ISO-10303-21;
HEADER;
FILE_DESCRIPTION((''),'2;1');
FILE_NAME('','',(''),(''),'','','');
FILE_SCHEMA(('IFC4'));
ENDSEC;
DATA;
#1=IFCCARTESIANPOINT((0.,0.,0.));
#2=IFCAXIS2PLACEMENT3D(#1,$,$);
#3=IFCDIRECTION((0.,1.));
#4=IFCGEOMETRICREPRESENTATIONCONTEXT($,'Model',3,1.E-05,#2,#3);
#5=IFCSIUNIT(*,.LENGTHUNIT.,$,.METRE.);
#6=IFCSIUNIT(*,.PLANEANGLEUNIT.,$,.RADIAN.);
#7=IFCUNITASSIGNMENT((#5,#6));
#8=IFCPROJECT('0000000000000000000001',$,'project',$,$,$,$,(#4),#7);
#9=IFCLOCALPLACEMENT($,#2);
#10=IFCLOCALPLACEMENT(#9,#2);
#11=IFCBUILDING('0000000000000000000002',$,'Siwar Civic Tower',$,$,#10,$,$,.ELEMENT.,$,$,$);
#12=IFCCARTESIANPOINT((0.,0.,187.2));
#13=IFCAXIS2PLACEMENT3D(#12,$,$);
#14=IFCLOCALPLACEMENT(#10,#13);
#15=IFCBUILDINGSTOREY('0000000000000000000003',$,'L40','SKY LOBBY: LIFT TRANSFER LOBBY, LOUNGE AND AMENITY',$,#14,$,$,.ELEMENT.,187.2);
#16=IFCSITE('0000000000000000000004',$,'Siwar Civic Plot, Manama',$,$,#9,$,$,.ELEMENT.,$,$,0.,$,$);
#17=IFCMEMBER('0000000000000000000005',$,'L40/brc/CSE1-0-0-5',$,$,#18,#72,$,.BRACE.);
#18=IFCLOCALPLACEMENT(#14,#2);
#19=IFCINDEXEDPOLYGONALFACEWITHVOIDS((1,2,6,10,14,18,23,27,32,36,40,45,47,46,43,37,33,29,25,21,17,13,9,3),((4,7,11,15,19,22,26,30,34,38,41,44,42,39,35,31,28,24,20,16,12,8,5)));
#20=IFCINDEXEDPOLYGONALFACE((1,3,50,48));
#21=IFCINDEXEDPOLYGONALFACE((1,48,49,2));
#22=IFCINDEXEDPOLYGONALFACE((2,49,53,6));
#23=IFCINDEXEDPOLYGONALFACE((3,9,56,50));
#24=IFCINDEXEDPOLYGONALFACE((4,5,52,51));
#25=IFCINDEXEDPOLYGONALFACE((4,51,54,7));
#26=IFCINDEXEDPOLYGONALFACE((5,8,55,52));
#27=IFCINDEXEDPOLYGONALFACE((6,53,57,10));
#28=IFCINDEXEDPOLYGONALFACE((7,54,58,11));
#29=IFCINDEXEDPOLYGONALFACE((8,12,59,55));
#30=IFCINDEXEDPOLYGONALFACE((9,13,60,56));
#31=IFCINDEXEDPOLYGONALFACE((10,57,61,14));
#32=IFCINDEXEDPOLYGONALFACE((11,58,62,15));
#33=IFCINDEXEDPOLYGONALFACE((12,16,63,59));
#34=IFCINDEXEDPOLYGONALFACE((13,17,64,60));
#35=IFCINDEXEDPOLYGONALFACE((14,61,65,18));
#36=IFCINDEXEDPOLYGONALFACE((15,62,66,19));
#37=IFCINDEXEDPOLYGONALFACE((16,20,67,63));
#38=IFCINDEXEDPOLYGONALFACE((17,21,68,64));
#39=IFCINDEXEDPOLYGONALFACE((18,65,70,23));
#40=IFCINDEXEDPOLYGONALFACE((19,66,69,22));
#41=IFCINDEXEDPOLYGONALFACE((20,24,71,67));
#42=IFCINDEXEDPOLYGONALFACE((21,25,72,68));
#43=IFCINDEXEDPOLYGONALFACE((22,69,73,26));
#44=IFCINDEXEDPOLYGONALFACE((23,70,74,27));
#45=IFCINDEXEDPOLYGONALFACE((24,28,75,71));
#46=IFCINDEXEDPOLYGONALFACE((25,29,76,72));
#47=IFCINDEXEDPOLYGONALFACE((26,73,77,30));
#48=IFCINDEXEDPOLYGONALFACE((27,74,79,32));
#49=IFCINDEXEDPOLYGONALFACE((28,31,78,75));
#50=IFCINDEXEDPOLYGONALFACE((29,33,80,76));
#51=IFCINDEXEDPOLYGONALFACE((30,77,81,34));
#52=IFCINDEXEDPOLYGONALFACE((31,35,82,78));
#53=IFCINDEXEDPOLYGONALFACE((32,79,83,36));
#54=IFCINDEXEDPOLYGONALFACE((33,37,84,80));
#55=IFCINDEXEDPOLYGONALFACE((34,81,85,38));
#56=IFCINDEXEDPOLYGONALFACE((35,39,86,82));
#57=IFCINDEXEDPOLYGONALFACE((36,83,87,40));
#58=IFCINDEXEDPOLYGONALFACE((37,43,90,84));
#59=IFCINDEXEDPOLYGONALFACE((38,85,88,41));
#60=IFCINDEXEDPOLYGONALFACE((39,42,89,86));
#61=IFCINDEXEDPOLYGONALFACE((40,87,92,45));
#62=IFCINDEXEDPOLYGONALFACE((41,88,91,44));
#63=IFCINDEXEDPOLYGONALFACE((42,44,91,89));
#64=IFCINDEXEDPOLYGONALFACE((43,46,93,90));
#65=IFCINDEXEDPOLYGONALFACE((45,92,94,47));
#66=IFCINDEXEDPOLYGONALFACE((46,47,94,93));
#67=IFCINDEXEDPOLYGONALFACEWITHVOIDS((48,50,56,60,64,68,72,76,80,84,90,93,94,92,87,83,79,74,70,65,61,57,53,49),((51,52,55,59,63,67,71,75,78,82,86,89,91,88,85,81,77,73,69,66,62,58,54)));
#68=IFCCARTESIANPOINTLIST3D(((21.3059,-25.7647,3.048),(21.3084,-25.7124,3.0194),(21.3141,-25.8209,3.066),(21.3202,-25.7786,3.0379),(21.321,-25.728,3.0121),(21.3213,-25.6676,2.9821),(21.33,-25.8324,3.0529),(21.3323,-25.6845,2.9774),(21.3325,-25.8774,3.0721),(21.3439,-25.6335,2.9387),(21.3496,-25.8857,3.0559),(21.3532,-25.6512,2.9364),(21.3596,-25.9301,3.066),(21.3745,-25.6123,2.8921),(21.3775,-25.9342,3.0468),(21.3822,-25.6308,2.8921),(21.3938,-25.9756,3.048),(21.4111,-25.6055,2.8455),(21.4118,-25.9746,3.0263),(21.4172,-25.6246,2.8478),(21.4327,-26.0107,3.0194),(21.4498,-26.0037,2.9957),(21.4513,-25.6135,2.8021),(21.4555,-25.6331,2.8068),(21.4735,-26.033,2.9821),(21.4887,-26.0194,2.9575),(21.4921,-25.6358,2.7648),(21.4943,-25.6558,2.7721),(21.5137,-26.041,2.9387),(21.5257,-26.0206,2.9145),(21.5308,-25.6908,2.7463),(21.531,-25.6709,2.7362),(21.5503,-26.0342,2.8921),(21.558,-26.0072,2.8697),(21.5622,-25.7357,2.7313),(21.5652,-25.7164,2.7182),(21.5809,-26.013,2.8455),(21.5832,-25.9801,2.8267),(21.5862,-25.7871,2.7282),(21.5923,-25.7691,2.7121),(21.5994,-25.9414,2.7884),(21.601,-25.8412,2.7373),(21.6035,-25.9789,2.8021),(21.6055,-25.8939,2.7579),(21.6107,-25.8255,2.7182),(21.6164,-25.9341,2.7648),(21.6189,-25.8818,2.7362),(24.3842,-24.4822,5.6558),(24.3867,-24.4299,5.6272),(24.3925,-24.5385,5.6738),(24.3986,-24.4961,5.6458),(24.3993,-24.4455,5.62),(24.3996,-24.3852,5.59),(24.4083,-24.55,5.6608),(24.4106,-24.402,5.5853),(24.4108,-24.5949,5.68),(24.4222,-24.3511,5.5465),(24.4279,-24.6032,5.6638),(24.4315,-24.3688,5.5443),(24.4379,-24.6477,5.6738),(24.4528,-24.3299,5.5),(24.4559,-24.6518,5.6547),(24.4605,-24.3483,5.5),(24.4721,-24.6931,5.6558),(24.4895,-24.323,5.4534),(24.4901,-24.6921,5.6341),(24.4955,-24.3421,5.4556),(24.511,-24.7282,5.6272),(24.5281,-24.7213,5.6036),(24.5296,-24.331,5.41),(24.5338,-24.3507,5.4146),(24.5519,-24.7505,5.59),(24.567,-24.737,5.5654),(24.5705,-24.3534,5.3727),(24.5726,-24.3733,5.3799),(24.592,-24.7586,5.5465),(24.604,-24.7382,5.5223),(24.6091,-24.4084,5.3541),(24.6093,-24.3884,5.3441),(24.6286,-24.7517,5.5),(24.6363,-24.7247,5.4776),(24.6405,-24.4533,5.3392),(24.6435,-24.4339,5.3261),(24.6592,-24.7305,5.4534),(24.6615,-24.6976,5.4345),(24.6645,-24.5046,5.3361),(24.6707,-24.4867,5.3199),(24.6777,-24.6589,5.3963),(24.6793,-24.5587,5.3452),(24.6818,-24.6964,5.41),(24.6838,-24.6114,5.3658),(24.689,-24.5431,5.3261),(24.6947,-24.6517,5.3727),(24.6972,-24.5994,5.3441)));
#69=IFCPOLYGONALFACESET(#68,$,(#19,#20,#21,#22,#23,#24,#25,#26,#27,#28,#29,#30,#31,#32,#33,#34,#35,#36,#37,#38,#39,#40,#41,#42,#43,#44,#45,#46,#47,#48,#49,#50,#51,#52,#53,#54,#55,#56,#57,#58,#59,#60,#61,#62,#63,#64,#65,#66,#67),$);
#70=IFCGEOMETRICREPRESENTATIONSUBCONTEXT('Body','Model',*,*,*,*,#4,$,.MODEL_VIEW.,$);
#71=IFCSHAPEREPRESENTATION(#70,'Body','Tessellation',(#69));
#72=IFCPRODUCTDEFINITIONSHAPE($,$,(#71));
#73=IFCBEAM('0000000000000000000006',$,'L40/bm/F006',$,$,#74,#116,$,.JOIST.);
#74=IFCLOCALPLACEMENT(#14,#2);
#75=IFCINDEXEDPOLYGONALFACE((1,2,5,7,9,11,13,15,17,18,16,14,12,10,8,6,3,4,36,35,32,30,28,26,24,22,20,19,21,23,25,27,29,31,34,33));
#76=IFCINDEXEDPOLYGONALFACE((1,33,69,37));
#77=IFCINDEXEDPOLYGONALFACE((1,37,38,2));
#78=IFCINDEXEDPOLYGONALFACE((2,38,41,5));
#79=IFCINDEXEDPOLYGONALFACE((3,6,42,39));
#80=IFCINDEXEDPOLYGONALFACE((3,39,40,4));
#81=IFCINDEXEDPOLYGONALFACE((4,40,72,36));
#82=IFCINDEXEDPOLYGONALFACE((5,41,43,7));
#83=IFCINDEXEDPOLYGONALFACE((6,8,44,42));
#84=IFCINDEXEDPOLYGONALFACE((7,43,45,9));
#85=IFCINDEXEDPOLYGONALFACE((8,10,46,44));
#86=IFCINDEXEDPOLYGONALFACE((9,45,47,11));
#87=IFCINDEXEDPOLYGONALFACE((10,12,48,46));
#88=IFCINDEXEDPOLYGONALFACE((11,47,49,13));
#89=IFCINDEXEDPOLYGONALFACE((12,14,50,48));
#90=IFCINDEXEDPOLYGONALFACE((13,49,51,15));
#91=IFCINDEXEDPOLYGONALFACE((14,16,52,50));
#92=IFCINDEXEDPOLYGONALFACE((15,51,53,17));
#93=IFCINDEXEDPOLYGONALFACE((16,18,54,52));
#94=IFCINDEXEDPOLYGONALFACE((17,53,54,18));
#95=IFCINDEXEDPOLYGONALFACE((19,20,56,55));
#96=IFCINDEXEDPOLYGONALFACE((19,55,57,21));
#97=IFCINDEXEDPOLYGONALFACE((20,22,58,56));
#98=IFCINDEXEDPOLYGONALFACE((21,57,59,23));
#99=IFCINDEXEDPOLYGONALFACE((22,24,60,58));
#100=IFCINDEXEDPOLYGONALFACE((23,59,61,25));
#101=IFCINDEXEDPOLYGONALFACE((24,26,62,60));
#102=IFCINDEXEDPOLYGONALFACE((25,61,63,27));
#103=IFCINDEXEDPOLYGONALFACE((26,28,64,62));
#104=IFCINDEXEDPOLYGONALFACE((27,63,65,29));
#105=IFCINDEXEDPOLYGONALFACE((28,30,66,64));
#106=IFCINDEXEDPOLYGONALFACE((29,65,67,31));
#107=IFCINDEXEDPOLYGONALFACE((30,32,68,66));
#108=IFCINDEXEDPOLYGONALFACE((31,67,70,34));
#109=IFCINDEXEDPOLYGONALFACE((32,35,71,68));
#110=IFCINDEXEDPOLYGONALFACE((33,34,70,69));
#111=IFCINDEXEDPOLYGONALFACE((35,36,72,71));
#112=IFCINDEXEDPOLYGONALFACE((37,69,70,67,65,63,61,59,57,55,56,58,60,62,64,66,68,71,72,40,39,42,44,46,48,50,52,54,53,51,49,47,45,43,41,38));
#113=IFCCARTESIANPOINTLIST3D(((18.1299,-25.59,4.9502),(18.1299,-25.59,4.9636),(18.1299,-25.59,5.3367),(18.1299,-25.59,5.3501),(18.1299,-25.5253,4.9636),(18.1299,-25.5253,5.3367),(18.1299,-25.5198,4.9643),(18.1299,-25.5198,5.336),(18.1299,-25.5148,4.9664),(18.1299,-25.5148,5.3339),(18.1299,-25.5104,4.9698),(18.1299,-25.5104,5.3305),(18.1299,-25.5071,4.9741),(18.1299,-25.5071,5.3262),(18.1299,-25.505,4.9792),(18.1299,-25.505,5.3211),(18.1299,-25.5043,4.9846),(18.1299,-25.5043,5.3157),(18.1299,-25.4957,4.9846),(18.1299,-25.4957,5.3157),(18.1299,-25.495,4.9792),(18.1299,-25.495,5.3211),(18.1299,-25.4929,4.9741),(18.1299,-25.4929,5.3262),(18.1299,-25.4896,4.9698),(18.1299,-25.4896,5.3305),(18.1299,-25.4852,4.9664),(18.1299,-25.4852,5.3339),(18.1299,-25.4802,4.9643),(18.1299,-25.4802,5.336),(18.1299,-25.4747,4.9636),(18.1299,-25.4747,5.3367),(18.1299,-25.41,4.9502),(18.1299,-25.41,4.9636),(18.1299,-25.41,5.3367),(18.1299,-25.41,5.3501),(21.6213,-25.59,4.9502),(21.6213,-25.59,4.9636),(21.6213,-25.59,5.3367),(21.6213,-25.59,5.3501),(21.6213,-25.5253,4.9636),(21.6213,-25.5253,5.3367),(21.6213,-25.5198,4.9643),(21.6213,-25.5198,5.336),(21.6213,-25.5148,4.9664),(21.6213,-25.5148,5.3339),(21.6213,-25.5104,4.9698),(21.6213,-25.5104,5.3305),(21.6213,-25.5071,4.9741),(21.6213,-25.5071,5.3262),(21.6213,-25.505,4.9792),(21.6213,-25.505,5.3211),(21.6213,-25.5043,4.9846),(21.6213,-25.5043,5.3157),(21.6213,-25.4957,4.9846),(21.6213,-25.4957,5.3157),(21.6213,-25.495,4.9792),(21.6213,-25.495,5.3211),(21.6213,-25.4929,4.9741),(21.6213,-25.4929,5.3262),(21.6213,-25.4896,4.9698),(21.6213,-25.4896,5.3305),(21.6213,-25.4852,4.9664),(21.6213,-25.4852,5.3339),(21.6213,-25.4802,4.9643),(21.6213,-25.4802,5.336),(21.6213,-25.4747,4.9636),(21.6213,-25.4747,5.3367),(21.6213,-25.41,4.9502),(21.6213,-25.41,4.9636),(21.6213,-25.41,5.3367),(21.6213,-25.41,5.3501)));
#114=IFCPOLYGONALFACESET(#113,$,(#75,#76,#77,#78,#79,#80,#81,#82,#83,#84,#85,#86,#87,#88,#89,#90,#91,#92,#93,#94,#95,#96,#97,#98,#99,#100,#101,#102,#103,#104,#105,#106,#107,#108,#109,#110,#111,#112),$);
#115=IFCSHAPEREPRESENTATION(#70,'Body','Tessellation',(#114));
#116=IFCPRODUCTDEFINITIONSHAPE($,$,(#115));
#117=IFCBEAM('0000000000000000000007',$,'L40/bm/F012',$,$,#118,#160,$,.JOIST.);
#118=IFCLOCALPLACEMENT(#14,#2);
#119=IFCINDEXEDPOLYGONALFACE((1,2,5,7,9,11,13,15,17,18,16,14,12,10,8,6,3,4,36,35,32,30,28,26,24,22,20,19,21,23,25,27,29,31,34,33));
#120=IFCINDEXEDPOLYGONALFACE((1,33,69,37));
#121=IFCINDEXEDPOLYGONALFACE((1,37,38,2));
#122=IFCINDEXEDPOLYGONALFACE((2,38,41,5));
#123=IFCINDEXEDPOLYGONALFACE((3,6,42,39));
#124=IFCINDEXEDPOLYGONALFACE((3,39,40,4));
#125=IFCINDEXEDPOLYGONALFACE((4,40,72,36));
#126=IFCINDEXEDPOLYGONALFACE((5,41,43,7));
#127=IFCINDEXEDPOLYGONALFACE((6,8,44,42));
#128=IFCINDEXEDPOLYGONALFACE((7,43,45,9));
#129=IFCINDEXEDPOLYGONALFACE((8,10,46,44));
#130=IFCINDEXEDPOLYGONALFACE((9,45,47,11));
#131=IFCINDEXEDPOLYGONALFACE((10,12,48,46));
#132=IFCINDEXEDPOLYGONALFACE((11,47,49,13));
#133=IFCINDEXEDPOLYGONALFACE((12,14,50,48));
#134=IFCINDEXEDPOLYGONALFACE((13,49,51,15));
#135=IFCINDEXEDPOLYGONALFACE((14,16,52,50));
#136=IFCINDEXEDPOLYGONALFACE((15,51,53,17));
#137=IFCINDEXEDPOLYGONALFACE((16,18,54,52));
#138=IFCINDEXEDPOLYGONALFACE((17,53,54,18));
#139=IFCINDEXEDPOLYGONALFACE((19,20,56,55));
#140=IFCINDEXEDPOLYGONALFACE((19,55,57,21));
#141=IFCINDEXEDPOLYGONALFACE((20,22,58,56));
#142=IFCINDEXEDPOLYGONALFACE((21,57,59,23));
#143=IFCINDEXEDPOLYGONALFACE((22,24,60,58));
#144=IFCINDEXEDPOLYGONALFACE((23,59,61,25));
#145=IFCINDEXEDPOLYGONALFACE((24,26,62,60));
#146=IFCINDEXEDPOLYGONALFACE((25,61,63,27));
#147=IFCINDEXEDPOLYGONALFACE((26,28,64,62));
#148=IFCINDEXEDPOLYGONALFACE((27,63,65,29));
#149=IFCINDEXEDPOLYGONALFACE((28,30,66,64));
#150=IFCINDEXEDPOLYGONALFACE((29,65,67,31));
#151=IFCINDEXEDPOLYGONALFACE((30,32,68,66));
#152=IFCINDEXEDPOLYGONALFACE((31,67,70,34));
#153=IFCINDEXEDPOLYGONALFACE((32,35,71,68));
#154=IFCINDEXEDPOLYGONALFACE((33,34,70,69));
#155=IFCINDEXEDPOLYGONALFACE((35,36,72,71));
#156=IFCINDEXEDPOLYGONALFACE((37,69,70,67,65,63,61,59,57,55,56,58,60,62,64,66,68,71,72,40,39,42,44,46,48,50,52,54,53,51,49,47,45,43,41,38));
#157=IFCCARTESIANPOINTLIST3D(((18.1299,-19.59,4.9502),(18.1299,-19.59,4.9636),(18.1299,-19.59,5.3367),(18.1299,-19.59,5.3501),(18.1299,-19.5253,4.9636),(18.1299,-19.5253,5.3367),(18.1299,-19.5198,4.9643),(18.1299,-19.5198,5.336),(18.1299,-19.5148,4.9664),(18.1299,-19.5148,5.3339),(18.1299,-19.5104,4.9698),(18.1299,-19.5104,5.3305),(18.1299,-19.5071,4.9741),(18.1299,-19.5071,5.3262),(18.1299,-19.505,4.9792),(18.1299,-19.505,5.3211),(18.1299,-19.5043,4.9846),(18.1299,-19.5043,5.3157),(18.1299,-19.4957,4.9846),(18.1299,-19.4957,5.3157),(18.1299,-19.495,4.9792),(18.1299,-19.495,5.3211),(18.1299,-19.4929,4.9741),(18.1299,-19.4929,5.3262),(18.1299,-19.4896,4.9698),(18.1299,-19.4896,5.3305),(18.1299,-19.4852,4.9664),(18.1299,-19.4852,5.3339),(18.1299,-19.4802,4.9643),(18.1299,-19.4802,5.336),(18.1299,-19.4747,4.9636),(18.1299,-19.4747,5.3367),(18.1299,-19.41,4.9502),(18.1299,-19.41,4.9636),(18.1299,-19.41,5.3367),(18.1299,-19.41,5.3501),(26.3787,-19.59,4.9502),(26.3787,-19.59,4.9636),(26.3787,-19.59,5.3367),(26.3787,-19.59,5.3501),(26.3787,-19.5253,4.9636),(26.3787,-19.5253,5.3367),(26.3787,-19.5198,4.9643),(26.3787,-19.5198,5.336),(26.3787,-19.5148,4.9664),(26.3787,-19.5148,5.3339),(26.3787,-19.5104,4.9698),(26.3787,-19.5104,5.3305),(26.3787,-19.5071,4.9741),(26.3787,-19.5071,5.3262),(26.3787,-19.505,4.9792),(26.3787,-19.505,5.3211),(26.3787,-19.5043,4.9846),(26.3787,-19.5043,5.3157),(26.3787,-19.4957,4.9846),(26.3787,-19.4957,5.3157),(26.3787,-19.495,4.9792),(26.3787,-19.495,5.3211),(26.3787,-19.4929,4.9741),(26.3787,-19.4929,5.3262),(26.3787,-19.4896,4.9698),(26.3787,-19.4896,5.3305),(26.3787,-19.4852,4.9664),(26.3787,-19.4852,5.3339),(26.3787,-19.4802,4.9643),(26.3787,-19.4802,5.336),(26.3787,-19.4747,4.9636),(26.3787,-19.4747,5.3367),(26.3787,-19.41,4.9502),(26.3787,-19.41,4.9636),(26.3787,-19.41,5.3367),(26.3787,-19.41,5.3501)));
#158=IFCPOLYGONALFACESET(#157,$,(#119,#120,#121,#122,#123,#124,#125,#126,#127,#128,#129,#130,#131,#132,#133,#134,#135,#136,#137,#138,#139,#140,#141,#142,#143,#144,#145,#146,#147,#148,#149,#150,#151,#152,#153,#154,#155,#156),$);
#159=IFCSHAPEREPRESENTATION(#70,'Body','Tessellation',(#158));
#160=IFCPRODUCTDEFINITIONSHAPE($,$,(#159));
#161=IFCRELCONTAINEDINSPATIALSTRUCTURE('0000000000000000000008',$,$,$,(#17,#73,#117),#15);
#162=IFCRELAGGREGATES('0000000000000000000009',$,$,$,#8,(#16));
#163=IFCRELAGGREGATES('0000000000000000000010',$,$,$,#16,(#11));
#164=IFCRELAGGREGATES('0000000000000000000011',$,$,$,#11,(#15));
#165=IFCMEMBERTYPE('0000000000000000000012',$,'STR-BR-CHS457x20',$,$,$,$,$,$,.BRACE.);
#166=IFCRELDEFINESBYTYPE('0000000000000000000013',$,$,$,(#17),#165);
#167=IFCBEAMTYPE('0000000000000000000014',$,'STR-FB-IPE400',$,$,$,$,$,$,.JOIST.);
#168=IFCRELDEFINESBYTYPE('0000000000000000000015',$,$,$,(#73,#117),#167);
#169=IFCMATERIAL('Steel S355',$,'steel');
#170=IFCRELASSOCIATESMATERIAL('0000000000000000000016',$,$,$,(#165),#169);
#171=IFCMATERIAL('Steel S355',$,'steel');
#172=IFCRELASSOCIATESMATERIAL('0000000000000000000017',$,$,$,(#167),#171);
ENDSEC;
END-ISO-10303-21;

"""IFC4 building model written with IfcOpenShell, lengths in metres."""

from ifc_helpers import new_model, si_unit, direction, frame, origin, origin_2d, place, context, subcontext, project, spatial, hollow_circle, i_section, extrude, material, material_profile, profile_set, type_object, element, save


model = new_model("IFC4")

# Units and contexts
model_context = context("Model", 3, precision=1e-05, world=origin(), true_north=direction((0.0, 1.0)))
body_context = subcontext(model_context, "Body", "Model", "MODEL_VIEW")
ifc_project = project(units=[si_unit("LENGTHUNIT", "METRE"), si_unit("PLANEANGLEUNIT", "RADIAN")], contexts=[model_context])

# Site, building, storey
site_placement = place(None, origin())
site = spatial("IfcSite", under=ifc_project, at=site_placement, Name="Siwar Civic Plot, Manama", CompositionType="ELEMENT", RefElevation=0.0)
building_placement = place(site_placement, origin())
building = spatial("IfcBuilding", under=site, at=building_placement, Name="Siwar Civic Tower", CompositionType="ELEMENT")
storey_placement = place(building_placement, frame((0.0, 0.0, 187.2)))
storey = spatial("IfcBuildingStorey", under=building, at=storey_placement, Name="L40", Description="SKY LOBBY: LIFT TRANSFER LOBBY, LOUNGE AND AMENITY", CompositionType="ELEMENT", Elevation=187.2)

# Member
ifc_material_1 = material(Name="Steel S355", Category="steel")
ifc_material_profile_1 = material_profile(ifc_material_1, hollow_circle(Radius=0.2285, WallThickness=0.02, at=origin_2d()), Name="CHS457x20")
ifc_profile_set_1 = profile_set([ifc_material_profile_1], Name="Steel S355")
member_type_1 = type_object("IfcMemberType", Name="STR-BR-CHS457x20", PredefinedType="BRACE", material=ifc_profile_set_1)
member_1_placement = place(storey_placement, frame((21.4624, -25.8232, 2.8921), z_axis=(0.72715, 0.302936, 0.616022), x_axis=(-0.384569, 0.923096, 0.0)))
element("IfcMember", 1, at=member_1_placement, inside=storey, type_object=member_type_1, Name="L40/brc/CSE1-0-0-5", PredefinedType="BRACE", context=body_context, shape_type="SweptSolid", body=[
    extrude(hollow_circle(Radius=0.2285, WallThickness=0.02, at=origin_2d()), origin(), (0.0, 0.0, 1.0), 4.2334),
])

# Beams
ifc_material_2 = material(Name="Steel S355", Category="steel")
ifc_material_profile_2 = material_profile(ifc_material_2, i_section(OverallWidth=0.1799, OverallDepth=0.3999, WebThickness=0.0085, FlangeThickness=0.0134, FilletRadius=0.021, at=origin_2d()), Name="IPE400")
ifc_profile_set_2 = profile_set([ifc_material_profile_2], Name="Steel S355")
beam_type_1 = type_object("IfcBeamType", Name="STR-FB-IPE400", PredefinedType="JOIST", material=ifc_profile_set_2)
beam_1_placement = place(storey_placement, frame((18.1299, -25.5, 5.1501), z_axis=(1.0, 0.0, 0.0), x_axis=(0.0, 1.0, 0.0)))
element("IfcBeam", 2, at=beam_1_placement, inside=storey, type_object=beam_type_1, Name="L40/bm/F006", PredefinedType="JOIST", context=body_context, shape_type="SweptSolid", body=[
    extrude(i_section(OverallWidth=0.1799, OverallDepth=0.3999, WebThickness=0.0085, FlangeThickness=0.0134, FilletRadius=0.021, at=origin_2d()), origin(), (0.0, 0.0, 1.0), 3.4915),
])
beam_2_placement = place(storey_placement, frame((18.1299, -19.5, 5.1501), z_axis=(1.0, 0.0, 0.0), x_axis=(0.0, 1.0, 0.0)))
element("IfcBeam", 3, at=beam_2_placement, inside=storey, type_object=beam_type_1, Name="L40/bm/F012", PredefinedType="JOIST", context=body_context, shape_type="SweptSolid", body=[
    extrude(i_section(OverallWidth=0.1799, OverallDepth=0.3999, WebThickness=0.0085, FlangeThickness=0.0134, FilletRadius=0.021, at=origin_2d()), origin(), (0.0, 0.0, 1.0), 8.2488),
])

save(model, "model.ifc")
